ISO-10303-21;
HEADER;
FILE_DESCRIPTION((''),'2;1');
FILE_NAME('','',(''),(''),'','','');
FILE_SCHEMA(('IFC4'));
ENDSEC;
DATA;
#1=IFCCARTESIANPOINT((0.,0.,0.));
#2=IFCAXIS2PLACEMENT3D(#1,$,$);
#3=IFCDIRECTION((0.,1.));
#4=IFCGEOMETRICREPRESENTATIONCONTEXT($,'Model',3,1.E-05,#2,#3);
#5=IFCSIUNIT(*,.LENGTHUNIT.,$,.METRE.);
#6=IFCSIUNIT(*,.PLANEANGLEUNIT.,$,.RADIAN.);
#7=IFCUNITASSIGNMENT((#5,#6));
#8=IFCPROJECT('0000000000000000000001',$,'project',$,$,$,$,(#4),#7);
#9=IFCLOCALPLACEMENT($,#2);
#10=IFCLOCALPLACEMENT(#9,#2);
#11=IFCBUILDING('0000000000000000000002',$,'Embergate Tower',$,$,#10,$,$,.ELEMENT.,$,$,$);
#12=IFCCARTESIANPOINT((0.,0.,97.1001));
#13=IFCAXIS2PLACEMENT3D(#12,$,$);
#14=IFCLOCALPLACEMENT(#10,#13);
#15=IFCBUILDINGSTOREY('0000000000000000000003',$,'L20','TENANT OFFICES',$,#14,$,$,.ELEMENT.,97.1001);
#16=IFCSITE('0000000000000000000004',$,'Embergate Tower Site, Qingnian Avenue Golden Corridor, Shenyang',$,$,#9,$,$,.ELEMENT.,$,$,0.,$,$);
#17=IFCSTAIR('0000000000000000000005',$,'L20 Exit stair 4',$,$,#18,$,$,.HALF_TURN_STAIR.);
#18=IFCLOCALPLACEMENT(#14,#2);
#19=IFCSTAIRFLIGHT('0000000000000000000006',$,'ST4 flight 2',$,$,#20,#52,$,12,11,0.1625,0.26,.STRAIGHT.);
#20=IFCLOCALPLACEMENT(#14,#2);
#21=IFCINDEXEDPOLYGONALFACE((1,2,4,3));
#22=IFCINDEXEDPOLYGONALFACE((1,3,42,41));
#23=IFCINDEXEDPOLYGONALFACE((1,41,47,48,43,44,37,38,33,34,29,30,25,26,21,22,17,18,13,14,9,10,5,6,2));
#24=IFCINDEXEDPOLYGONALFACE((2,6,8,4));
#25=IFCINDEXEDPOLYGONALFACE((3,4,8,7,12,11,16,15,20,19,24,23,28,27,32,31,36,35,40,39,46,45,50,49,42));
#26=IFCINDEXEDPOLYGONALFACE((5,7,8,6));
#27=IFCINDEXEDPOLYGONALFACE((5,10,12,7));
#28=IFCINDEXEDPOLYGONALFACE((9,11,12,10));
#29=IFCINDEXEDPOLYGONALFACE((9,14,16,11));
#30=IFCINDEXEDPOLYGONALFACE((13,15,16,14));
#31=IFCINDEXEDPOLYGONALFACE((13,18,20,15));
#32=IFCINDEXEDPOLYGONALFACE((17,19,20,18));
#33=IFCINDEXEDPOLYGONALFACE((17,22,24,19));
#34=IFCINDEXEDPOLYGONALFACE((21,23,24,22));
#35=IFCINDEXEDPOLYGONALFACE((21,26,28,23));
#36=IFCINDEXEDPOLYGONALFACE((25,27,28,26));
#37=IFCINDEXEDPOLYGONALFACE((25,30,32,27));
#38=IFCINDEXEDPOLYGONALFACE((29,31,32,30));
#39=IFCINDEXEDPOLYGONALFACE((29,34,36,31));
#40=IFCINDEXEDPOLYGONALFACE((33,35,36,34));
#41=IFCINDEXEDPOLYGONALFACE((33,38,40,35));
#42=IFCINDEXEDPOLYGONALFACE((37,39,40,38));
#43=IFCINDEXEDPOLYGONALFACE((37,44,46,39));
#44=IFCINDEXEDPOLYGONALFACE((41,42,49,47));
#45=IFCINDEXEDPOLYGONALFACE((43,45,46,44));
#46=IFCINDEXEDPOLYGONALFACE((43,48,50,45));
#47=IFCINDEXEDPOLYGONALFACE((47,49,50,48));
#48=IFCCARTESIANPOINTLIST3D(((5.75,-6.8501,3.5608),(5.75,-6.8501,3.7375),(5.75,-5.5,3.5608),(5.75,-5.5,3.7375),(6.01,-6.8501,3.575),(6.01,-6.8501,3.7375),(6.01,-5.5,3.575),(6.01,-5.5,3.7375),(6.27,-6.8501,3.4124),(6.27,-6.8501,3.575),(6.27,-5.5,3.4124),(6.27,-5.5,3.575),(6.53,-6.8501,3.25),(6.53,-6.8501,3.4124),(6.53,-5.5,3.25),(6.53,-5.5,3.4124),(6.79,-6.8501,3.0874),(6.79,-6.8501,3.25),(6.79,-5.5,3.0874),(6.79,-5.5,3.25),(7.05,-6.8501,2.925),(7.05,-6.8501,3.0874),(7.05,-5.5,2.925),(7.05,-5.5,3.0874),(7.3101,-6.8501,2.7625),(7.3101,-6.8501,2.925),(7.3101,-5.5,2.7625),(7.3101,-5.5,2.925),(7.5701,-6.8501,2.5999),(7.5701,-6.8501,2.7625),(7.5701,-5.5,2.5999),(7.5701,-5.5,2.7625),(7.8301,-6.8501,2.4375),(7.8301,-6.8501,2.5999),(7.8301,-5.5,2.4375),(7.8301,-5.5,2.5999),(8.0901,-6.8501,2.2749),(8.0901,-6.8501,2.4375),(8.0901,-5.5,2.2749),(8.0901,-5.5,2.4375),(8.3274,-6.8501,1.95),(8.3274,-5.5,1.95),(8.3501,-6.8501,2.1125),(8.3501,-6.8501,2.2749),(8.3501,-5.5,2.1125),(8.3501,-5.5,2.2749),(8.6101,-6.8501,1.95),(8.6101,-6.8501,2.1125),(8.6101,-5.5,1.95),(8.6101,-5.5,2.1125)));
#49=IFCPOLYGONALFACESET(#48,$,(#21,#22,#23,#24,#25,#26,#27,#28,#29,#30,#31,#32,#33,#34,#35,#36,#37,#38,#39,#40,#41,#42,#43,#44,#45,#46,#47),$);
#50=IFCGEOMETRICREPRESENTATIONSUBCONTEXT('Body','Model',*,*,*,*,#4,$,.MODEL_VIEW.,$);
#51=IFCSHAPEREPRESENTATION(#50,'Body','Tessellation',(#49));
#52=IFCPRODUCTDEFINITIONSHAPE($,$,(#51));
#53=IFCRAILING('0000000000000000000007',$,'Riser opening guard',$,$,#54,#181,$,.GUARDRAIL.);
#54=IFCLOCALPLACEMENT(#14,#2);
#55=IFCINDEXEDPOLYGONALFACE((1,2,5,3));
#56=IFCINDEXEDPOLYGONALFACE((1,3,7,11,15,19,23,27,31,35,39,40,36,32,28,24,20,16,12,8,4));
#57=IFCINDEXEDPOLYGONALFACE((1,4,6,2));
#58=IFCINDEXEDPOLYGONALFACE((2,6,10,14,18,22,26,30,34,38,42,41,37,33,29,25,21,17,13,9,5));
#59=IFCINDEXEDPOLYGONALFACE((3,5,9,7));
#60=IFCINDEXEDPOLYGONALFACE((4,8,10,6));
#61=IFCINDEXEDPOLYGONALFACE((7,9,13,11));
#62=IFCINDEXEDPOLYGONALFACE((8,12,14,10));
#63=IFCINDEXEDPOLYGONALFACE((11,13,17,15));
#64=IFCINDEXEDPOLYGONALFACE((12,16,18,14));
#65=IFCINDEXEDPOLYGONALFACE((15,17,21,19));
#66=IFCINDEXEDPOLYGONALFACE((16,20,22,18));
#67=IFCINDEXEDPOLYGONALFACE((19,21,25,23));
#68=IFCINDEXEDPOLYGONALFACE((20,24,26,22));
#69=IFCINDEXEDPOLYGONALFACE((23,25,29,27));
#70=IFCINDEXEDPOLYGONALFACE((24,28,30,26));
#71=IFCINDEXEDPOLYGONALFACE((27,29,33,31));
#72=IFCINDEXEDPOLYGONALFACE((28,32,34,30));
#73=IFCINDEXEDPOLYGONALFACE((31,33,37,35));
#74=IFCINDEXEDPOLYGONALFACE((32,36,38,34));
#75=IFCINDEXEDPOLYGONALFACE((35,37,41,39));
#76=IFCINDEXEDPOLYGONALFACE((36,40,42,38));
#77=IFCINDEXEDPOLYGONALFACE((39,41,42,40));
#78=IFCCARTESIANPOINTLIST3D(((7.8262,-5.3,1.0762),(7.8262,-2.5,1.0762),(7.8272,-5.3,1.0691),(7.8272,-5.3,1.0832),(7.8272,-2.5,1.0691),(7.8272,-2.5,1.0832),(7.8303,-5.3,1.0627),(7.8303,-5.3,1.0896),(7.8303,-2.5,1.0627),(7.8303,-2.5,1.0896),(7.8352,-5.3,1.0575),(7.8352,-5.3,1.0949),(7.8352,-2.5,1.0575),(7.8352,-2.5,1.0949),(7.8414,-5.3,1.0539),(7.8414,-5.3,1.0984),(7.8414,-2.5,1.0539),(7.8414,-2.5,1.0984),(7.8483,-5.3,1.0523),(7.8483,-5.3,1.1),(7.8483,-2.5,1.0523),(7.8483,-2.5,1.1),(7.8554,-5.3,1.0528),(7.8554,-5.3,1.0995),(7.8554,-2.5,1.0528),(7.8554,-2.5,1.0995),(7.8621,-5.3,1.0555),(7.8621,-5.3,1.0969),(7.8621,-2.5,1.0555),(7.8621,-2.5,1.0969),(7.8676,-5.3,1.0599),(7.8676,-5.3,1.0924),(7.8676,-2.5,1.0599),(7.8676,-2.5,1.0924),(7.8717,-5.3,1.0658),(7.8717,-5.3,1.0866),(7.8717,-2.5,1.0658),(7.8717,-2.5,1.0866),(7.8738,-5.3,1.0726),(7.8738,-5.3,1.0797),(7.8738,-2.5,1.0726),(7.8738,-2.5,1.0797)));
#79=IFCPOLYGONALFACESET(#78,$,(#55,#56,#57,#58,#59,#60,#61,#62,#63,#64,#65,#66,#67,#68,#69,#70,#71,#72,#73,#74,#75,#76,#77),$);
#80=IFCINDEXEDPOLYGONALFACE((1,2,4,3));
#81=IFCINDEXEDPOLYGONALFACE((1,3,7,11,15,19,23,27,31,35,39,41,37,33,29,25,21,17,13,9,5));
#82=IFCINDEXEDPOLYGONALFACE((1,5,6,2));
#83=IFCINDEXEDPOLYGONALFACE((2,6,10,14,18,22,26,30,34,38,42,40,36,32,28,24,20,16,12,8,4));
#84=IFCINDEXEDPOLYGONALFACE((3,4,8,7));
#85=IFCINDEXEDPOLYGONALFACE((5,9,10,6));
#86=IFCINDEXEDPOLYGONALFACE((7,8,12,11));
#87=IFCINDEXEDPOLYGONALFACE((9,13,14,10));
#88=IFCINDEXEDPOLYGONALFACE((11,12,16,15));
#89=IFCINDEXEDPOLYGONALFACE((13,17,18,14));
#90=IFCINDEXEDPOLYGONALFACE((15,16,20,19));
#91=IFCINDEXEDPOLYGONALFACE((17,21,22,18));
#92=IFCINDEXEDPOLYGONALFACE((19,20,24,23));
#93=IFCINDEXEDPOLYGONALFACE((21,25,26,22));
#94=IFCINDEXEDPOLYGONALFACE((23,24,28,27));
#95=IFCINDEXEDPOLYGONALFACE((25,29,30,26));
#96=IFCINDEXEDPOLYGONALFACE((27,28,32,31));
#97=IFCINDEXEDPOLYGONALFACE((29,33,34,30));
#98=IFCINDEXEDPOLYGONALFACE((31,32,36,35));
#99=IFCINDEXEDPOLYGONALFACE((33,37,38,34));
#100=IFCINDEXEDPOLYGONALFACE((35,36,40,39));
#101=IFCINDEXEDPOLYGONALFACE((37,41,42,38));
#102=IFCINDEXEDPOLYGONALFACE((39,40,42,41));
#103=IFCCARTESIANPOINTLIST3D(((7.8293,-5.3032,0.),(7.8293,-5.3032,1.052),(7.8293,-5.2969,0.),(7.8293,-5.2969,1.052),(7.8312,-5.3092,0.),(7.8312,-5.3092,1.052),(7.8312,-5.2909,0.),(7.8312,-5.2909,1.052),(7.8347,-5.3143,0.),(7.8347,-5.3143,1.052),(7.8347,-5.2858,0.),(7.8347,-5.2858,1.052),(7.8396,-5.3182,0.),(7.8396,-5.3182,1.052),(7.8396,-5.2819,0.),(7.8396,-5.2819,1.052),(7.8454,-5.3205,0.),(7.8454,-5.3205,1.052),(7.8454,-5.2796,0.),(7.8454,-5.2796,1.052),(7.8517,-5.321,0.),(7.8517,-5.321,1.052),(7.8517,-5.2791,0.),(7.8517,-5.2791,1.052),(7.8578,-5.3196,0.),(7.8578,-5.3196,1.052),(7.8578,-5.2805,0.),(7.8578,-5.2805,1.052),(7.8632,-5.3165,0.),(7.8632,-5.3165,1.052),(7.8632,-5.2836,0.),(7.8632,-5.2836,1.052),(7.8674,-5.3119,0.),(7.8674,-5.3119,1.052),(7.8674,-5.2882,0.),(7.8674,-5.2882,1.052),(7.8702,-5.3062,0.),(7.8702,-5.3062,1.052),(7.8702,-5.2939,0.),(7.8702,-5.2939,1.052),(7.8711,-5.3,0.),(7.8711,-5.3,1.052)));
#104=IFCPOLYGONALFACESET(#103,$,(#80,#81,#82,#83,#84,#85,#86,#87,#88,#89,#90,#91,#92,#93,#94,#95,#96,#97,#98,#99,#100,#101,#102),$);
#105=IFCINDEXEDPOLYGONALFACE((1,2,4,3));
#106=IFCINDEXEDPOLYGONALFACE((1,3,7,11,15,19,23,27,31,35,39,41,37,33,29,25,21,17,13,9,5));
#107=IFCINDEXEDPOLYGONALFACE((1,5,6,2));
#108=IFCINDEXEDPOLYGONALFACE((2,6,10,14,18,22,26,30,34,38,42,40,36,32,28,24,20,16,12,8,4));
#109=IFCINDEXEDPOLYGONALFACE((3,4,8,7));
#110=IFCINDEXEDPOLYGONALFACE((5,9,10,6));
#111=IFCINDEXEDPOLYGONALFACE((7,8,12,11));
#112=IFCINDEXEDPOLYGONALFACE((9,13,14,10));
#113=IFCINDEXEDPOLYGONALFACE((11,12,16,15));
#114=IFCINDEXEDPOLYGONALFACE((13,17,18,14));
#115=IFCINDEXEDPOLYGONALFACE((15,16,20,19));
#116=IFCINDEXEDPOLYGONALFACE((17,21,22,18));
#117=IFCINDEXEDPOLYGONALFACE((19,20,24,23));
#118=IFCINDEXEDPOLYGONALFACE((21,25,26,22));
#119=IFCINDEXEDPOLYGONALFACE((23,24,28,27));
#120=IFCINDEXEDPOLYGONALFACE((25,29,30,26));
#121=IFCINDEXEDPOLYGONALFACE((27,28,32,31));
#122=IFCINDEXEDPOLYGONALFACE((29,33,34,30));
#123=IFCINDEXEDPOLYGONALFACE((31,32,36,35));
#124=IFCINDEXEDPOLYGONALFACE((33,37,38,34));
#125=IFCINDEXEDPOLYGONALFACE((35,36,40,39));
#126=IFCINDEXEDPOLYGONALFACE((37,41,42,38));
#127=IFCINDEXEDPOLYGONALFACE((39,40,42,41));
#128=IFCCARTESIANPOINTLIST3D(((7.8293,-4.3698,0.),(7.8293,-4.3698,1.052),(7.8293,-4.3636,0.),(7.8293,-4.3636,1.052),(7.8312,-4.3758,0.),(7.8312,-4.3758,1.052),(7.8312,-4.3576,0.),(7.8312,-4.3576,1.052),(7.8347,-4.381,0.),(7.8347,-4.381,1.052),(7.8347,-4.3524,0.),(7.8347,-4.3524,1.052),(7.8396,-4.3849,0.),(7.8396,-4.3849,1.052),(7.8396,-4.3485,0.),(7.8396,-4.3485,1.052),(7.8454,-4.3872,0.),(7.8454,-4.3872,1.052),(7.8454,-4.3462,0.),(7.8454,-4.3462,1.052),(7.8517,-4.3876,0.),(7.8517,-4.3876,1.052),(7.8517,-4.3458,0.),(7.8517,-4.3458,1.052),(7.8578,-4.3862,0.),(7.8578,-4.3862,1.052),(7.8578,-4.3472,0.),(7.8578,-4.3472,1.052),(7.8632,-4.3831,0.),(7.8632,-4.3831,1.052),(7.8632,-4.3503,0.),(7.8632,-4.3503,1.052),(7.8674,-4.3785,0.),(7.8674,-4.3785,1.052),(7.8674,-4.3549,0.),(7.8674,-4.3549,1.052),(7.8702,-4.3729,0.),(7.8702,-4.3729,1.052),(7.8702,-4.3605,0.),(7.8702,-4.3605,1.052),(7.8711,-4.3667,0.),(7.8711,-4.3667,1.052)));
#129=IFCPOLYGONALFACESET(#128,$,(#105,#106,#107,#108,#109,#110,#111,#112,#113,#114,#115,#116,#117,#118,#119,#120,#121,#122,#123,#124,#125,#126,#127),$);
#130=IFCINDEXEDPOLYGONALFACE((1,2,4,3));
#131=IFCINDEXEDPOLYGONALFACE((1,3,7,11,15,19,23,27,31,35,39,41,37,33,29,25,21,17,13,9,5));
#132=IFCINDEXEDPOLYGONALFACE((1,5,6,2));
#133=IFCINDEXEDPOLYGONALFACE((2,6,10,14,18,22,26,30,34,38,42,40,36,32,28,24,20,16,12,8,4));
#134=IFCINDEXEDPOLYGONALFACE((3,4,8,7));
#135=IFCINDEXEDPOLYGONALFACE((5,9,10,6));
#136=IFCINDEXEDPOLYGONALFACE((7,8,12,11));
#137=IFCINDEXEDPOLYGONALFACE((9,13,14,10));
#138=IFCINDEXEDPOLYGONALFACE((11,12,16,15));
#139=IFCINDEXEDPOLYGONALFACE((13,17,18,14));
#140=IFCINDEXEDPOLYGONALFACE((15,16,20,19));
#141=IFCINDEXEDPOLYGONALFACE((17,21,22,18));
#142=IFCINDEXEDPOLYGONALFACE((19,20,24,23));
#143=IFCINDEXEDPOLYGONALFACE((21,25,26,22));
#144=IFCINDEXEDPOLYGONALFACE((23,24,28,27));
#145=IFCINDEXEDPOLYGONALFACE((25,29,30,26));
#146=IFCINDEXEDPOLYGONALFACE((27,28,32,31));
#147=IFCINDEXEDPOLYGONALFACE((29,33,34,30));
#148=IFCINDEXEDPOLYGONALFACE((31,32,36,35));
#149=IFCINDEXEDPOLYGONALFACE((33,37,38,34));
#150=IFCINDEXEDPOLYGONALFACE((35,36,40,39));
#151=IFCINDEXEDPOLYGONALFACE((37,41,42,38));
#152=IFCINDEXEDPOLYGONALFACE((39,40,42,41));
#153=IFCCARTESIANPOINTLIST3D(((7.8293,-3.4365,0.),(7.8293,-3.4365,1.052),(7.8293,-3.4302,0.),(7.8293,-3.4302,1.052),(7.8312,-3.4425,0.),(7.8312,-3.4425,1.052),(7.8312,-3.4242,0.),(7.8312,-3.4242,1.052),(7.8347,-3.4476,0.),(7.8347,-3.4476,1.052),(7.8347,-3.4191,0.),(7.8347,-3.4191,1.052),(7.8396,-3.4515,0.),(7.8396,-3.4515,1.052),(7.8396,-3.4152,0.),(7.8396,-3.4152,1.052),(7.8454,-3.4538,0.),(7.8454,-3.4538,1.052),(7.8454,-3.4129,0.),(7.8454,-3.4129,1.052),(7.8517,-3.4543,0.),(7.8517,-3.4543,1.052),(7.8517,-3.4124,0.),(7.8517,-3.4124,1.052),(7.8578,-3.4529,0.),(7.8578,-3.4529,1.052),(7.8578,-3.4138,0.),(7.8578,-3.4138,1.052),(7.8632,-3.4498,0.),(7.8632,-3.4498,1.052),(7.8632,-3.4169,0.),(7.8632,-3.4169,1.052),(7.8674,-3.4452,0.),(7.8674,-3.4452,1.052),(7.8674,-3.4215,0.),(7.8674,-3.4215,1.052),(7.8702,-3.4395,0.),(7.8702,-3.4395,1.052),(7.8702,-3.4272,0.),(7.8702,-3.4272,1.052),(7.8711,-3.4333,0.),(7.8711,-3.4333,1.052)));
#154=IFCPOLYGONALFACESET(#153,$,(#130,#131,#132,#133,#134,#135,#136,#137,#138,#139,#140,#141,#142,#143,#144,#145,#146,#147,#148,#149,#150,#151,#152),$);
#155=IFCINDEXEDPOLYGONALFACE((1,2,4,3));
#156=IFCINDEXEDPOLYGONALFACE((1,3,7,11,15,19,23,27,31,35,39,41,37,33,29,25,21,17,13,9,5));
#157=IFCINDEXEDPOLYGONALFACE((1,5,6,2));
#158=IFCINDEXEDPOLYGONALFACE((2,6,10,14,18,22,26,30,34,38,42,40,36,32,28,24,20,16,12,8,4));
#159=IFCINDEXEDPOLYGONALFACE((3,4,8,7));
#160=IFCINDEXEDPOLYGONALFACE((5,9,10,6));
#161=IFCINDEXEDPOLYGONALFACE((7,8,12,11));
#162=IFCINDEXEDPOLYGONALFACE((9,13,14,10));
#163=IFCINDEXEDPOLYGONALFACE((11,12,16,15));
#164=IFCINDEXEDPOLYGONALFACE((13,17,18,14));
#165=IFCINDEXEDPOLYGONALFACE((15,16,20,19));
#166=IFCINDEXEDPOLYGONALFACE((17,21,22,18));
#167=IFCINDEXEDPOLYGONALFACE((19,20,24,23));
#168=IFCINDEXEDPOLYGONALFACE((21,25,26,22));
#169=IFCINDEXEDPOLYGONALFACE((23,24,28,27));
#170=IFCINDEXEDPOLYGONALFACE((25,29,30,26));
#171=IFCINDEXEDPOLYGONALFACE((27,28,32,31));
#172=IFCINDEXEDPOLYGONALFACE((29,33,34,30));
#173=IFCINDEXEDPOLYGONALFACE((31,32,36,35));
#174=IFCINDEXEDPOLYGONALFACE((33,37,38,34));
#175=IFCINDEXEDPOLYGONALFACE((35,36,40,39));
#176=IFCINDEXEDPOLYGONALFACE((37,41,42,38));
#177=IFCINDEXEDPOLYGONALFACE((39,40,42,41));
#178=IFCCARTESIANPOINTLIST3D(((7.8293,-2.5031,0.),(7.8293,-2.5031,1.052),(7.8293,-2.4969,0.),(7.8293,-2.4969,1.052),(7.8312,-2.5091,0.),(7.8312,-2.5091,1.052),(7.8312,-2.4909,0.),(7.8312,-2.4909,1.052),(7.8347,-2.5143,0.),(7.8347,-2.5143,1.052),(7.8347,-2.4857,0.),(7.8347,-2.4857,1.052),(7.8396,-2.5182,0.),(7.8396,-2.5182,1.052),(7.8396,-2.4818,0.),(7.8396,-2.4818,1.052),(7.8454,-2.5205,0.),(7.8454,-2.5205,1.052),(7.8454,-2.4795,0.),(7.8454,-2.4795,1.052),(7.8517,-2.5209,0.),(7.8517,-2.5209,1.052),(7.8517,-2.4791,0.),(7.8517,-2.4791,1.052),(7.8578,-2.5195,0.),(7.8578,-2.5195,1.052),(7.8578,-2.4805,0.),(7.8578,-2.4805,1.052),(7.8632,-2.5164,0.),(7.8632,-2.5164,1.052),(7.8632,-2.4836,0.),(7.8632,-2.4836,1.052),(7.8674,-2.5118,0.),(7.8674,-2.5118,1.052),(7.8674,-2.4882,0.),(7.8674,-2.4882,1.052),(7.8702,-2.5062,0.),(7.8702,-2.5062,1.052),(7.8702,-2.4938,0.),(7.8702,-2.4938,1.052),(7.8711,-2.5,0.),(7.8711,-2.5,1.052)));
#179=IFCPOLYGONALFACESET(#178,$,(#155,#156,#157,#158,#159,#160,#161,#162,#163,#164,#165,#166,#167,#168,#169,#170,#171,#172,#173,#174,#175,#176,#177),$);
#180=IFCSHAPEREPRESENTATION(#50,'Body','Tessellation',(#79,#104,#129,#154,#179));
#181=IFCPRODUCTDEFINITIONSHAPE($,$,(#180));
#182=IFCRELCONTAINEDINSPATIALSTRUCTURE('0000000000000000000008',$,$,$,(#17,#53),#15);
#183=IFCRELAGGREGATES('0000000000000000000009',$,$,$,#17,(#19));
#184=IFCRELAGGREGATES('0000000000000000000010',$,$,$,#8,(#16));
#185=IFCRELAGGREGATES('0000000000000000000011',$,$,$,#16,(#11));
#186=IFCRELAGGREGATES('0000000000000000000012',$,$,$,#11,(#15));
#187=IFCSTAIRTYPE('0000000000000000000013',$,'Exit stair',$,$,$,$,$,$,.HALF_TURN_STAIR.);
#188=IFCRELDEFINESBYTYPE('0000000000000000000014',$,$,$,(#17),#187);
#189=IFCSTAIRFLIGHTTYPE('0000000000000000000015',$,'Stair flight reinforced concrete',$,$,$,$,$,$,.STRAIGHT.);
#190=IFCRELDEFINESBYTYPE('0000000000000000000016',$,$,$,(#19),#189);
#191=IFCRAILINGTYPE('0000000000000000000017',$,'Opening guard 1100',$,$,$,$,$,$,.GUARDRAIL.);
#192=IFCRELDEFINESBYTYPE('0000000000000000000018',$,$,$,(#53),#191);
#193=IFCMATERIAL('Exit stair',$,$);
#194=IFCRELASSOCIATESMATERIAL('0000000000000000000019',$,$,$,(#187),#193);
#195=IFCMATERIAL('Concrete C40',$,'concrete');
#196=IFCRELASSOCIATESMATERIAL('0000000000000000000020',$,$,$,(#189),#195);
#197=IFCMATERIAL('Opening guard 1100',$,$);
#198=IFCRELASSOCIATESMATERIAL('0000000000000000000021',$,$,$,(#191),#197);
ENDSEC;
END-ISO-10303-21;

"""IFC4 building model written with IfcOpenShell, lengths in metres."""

from ifc_helpers import new_model, si_unit, direction, frame, origin, origin_2d, place, context, subcontext, project, spatial, polyline, circle, outline, extrude, source, transform, mapped, material, type_object, element, aggregate, save


model = new_model("IFC4")

# Units and contexts
model_context = context("Model", 3, precision=1e-05, world=origin(), true_north=direction((0.0, 1.0)))
body_context = subcontext(model_context, "Body", "Model", "MODEL_VIEW")
ifc_project = project(units=[si_unit("LENGTHUNIT", "METRE"), si_unit("PLANEANGLEUNIT", "RADIAN")], contexts=[model_context])

# Site, building, storey
site_placement = place(None, origin())
site = spatial("IfcSite", under=ifc_project, at=site_placement, Name="Embergate Tower Site, Qingnian Avenue Golden Corridor, Shenyang", CompositionType="ELEMENT", RefElevation=0.0)
building_placement = place(site_placement, origin())
building = spatial("IfcBuilding", under=site, at=building_placement, Name="Embergate Tower", CompositionType="ELEMENT")
storey_placement = place(building_placement, frame((0.0, 0.0, 97.1001)))
storey = spatial("IfcBuildingStorey", under=building, at=storey_placement, Name="L20", Description="TENANT OFFICES", CompositionType="ELEMENT", Elevation=97.1001)

# Stair
ifc_material_1 = material(Name="Exit stair")
stair_type = type_object("IfcStairType", Name="Exit stair", PredefinedType="HALF_TURN_STAIR", material=ifc_material_1)
stair_placement = place(storey_placement, origin())
stair = element("IfcStair", 1, at=stair_placement, inside=storey, type_object=stair_type, Name="L20 Exit stair 4", PredefinedType="HALF_TURN_STAIR")
ifc_material_2 = material(Name="Concrete C40", Category="concrete")

# Stair flight
stair_flight_type = type_object("IfcStairFlightType", Name="Stair flight reinforced concrete", PredefinedType="STRAIGHT", material=ifc_material_2)
shared_shape_1 = source(origin(), body_context, "Body", "SweptSolid", [
    extrude(outline(polyline([(0.0, 0.0), (0.0, 0.1626), (0.26, 0.1626), (0.26, 0.325), (0.52, 0.325), (0.52, 0.4875), (0.78, 0.4875), (0.78, 0.6499), (1.04, 0.6499), (1.04, 0.8125), (1.3, 0.8125), (1.3, 0.9751), (1.5601, 0.9751), (1.5601, 1.1375), (1.8201, 1.1375), (1.8201, 1.3), (2.0801, 1.3), (2.0801, 1.4624), (2.3401, 1.4624), (2.3401, 1.625), (2.6001, 1.625), (2.6001, 1.7876), (2.8601, 1.7876), (2.8601, 1.95), (2.8601, 1.6108), (0.2827, 0.0), (0.0, 0.0)])), frame((0.0, 0.675, 0.0), z_axis=(0.0, -1.0, 0.0), x_axis=(1.0, 0.0, 0.0)), (0.0, 0.0, 1.0), 1.3501),
])
stair_flight_placement = place(storey_placement, frame((8.6101, -6.175, 1.95), z_axis=(0.0, 0.0, 1.0), x_axis=(-1.0, 0.0, 0.0)))
stair_flight = element("IfcStairFlight", 2, at=stair_flight_placement, type_object=stair_flight_type, Name="ST4 flight 2", NumberOfRisers=12, NumberOfTreads=11, PredefinedType="STRAIGHT", RiserHeight=0.1625, TreadLength=0.26, context=body_context, shape_type="MappedRepresentation", body=[
    mapped(shared_shape_1, transform((0.0, 0.0, 0.0))),
])
aggregate(stair, [stair_flight])

# Railing
ifc_material_3 = material(Name="Opening guard 1100")
railing_type = type_object("IfcRailingType", Name="Opening guard 1100", PredefinedType="GUARDRAIL", material=ifc_material_3)
shared_shape_2 = source(origin(), body_context, "Body", "SweptSolid", [
    extrude(circle(Radius=0.0239, at=origin_2d()), frame((0.0, 0.0, 1.0762), z_axis=(0.0, 1.0, 0.0), x_axis=(-1.0, 0.0, 0.0)), (0.0, 0.0, 1.0), 2.8),
    extrude(circle(Radius=0.021, at=origin_2d()), origin(), (0.0, 0.0, 1.0), 1.052),
    extrude(circle(Radius=0.021, at=origin_2d()), frame((0.0, 0.9333, 0.0)), (0.0, 0.0, 1.0), 1.052),
    extrude(circle(Radius=0.021, at=origin_2d()), frame((0.0, 1.8667, 0.0)), (0.0, 0.0, 1.0), 1.052),
    extrude(circle(Radius=0.021, at=origin_2d()), frame((0.0, 2.8, 0.0)), (0.0, 0.0, 1.0), 1.052),
])
railing_placement = place(storey_placement, frame((7.8501, -5.3, 0.0)))
element("IfcRailing", 3, at=railing_placement, inside=storey, type_object=railing_type, Name="Riser opening guard", PredefinedType="GUARDRAIL", context=body_context, shape_type="MappedRepresentation", body=[
    mapped(shared_shape_2, transform((0.0, 0.0, 0.0))),
])

save(model, "model.ifc")
